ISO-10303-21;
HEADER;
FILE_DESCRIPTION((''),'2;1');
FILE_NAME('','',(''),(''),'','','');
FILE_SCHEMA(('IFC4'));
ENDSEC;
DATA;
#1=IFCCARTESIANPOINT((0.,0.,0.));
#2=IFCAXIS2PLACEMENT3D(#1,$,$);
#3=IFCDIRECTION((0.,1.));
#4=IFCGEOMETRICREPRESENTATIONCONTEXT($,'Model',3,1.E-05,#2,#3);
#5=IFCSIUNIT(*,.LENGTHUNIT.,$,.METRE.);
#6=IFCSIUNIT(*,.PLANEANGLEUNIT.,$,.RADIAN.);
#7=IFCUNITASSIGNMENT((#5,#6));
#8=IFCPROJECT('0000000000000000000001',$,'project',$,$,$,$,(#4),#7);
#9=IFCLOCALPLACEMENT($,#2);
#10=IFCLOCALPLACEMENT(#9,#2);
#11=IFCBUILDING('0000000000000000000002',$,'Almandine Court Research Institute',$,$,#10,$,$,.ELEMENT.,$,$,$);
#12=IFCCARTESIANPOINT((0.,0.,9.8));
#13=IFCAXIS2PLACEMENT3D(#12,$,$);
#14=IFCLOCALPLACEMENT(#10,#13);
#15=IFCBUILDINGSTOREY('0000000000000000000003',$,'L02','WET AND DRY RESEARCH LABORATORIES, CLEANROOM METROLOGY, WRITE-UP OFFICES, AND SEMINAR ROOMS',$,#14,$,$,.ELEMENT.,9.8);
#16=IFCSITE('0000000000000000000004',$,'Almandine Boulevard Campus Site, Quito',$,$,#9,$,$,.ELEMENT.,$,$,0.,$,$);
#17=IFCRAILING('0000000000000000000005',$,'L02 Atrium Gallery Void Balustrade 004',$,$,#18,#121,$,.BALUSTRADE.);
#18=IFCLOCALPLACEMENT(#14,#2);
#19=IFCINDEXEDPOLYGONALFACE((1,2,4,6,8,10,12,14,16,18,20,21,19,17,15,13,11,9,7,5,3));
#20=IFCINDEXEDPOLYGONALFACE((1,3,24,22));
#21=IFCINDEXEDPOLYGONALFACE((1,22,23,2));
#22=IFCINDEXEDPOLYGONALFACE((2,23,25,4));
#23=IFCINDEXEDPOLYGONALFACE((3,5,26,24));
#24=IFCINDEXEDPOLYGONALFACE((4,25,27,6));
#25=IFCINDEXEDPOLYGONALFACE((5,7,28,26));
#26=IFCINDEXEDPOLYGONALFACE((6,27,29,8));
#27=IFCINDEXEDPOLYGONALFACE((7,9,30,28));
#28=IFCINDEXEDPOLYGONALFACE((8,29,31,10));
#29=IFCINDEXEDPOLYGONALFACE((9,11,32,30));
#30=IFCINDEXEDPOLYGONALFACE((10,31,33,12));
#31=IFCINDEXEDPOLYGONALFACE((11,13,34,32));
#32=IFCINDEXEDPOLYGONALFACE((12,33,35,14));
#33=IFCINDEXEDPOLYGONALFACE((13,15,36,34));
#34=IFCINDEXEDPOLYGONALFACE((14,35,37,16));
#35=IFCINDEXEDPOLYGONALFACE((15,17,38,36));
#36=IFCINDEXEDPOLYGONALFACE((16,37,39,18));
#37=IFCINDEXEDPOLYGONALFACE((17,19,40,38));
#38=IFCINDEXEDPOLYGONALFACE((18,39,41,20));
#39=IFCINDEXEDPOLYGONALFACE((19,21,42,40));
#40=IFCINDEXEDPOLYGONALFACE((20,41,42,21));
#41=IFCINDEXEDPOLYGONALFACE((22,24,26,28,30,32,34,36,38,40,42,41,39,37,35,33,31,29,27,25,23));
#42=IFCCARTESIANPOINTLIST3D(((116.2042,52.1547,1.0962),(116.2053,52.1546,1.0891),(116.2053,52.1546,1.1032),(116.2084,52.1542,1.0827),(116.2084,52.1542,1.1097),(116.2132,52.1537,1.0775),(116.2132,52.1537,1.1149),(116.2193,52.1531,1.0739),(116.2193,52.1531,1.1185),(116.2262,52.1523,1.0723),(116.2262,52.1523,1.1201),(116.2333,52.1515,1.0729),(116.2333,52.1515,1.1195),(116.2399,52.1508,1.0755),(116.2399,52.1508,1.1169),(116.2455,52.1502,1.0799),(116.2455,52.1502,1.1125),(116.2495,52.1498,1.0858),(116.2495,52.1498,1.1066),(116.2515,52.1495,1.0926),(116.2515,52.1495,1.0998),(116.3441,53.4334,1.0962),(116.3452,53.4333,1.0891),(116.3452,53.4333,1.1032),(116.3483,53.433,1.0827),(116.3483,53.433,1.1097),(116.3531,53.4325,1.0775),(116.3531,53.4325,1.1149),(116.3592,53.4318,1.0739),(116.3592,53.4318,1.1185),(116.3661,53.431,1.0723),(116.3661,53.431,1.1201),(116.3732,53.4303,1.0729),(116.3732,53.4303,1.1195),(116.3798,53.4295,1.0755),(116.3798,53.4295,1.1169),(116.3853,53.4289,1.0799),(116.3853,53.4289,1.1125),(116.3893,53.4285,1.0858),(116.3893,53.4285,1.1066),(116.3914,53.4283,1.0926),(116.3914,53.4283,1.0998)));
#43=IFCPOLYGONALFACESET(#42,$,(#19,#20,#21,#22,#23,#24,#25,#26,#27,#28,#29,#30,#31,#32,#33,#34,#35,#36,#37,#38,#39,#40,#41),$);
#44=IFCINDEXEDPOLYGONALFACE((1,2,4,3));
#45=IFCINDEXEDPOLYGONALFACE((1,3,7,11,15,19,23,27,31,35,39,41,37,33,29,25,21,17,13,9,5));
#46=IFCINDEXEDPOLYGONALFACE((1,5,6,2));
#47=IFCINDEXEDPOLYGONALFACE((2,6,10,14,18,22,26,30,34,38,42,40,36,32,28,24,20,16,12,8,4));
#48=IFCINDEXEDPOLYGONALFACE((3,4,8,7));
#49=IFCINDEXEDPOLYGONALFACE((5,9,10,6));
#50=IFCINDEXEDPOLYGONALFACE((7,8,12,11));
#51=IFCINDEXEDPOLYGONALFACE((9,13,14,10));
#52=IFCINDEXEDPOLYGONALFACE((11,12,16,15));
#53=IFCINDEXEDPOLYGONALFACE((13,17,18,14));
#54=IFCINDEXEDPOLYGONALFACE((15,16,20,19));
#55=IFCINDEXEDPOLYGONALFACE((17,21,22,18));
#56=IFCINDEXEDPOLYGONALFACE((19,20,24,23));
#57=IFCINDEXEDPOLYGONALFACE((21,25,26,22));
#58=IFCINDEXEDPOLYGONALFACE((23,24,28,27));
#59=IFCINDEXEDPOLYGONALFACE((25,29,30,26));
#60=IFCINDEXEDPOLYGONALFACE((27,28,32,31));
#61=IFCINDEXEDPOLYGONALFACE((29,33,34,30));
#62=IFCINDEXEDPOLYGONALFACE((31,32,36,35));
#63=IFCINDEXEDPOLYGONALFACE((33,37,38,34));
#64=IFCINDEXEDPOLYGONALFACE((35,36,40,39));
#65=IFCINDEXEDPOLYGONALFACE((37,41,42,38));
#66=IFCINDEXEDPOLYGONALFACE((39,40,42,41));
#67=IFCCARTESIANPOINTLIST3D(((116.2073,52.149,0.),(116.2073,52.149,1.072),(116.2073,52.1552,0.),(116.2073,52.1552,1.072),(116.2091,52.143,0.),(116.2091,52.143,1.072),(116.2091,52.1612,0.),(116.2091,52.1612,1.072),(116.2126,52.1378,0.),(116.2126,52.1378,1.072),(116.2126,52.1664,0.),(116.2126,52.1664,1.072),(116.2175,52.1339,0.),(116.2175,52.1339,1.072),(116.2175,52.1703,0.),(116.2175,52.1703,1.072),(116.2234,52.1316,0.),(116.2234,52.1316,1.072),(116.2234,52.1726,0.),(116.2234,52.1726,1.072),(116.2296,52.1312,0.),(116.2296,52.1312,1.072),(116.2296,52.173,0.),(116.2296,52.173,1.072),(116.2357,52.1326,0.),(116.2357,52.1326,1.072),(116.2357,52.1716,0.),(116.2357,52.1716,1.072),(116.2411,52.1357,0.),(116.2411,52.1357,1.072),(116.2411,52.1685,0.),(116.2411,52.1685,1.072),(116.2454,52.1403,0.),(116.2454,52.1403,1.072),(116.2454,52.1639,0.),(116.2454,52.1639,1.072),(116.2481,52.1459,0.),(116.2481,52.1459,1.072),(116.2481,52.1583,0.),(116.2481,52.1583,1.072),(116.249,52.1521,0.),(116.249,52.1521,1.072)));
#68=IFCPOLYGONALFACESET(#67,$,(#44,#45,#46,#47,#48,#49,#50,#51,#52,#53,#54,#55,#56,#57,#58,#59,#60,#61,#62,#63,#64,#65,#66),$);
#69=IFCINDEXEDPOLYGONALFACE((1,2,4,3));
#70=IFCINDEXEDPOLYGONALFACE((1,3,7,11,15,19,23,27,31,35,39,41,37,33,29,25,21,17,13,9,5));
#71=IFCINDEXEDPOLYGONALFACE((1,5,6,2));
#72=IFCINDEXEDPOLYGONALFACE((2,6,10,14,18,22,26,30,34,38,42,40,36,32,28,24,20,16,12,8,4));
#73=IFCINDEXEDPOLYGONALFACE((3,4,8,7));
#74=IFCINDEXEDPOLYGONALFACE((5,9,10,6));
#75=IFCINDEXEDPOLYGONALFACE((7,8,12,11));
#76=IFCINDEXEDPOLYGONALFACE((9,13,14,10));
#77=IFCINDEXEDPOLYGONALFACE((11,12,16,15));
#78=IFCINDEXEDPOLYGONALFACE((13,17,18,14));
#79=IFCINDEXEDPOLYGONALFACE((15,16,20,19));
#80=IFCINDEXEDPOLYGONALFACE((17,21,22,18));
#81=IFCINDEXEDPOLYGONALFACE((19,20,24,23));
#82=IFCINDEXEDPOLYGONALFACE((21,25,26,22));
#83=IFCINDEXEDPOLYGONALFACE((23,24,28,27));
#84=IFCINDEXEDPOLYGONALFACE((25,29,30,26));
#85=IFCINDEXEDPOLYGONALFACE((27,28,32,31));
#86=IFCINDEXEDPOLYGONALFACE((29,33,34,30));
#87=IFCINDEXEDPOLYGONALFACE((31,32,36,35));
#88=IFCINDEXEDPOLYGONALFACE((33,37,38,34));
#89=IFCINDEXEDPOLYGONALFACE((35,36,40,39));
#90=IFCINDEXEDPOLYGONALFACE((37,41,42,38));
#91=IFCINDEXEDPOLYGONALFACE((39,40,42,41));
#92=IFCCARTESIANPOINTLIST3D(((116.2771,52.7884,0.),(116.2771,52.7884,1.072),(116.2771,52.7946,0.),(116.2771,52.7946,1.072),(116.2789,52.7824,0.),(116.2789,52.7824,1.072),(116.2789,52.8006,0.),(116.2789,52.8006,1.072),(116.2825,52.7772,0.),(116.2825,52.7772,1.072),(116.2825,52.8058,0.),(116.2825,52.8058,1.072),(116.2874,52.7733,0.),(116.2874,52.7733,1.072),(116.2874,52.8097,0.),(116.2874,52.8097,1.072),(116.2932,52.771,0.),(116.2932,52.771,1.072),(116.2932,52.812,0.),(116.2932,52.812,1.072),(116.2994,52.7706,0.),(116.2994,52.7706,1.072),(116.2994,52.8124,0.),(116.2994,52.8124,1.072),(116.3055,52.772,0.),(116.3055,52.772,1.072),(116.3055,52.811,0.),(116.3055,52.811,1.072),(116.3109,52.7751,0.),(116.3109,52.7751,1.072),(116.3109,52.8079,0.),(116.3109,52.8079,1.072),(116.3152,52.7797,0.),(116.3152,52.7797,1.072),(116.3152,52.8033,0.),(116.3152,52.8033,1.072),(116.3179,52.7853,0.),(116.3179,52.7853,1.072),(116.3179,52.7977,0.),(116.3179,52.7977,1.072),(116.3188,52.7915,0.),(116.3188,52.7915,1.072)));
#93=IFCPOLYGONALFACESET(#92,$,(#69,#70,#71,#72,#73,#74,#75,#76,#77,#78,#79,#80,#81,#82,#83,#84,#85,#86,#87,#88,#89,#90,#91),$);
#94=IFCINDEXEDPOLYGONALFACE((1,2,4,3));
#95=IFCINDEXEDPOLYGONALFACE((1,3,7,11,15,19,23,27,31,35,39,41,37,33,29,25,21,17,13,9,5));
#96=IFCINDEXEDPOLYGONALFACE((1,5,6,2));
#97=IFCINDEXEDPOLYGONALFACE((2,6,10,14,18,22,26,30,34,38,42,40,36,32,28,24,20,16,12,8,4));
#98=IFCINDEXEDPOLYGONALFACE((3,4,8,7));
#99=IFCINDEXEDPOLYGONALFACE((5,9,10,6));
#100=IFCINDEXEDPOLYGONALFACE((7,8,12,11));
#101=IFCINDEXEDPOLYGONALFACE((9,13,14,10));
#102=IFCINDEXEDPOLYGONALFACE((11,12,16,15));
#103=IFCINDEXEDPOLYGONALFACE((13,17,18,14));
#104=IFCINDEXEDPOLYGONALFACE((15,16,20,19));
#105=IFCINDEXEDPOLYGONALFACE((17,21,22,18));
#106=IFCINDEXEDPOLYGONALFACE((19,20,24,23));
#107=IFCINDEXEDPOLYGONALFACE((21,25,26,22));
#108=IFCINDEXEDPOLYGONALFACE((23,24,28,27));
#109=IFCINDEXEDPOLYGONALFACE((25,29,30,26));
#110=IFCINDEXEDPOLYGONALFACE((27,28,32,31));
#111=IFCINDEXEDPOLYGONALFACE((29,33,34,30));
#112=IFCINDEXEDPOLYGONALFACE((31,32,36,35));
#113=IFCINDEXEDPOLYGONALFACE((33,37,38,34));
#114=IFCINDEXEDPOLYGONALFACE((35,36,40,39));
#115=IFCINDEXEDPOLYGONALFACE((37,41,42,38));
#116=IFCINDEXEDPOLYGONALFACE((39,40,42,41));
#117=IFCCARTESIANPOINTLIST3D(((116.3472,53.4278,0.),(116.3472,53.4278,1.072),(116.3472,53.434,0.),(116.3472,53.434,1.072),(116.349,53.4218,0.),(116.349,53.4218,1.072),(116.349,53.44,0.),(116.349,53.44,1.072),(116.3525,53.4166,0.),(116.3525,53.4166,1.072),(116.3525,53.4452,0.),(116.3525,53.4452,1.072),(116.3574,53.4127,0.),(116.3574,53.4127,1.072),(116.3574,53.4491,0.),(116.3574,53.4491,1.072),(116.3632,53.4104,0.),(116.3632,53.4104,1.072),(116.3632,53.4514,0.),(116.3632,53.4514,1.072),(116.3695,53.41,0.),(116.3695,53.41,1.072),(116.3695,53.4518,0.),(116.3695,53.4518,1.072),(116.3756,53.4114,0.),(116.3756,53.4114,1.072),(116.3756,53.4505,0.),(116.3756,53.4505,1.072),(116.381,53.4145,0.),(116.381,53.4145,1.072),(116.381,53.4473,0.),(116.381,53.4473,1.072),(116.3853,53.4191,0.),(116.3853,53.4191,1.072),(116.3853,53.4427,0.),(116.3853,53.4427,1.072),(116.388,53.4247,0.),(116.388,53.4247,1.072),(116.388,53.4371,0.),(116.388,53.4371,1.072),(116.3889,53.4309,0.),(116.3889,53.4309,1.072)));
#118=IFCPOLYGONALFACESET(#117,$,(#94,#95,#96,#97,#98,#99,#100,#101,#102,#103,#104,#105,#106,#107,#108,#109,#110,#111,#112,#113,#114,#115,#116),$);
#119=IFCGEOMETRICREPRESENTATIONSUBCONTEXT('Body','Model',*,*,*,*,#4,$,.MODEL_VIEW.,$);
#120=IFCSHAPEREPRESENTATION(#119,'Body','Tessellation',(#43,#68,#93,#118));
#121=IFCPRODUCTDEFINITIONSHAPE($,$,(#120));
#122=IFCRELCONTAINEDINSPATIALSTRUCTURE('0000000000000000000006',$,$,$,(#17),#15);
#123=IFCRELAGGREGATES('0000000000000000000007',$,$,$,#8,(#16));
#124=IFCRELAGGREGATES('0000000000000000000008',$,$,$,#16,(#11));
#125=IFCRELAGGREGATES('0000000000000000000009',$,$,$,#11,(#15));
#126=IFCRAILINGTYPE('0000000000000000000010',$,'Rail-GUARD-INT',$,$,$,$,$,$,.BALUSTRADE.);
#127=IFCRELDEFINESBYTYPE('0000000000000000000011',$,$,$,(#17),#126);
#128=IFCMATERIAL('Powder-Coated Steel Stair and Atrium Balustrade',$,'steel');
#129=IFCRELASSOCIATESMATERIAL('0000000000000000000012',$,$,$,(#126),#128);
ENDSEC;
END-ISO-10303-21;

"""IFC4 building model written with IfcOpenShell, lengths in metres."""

from ifc_helpers import new_model, si_unit, direction, frame, origin, origin_2d, place, context, subcontext, project, spatial, circle, extrude, material, type_object, element, save


model = new_model("IFC4")

# Units and contexts
model_context = context("Model", 3, precision=1e-05, world=origin(), true_north=direction((0.0, 1.0)))
body_context = subcontext(model_context, "Body", "Model", "MODEL_VIEW")
ifc_project = project(units=[si_unit("LENGTHUNIT", "METRE"), si_unit("PLANEANGLEUNIT", "RADIAN")], contexts=[model_context])

# Site, building, storey
site_placement = place(None, origin())
site = spatial("IfcSite", under=ifc_project, at=site_placement, Name="Almandine Boulevard Campus Site, Quito", CompositionType="ELEMENT", RefElevation=0.0)
building_placement = place(site_placement, origin())
building = spatial("IfcBuilding", under=site, at=building_placement, Name="Almandine Court Research Institute", CompositionType="ELEMENT")
storey_placement = place(building_placement, frame((0.0, 0.0, 9.8)))
storey = spatial("IfcBuildingStorey", under=building, at=storey_placement, Name="L02", Description="WET AND DRY RESEARCH LABORATORIES, CLEANROOM METROLOGY, WRITE-UP OFFICES, AND SEMINAR ROOMS", CompositionType="ELEMENT", Elevation=9.8)

# Railing
ifc_material_1 = material(Name="Powder-Coated Steel Stair and Atrium Balustrade", Category="steel")
railing_type = type_object("IfcRailingType", Name="Rail-GUARD-INT", PredefinedType="BALUSTRADE", material=ifc_material_1)
railing_1_placement = place(storey_placement, frame((116.228, 52.1521, 0.0)))
element("IfcRailing", 1, at=railing_1_placement, inside=storey, type_object=railing_type, Name="L02 Atrium Gallery Void Balustrade 004", PredefinedType="BALUSTRADE", context=body_context, shape_type="SweptSolid", body=[
    extrude(circle(Radius=0.0239, at=origin_2d()), frame((0.0, 0.0, 1.0962), z_axis=(0.108744, 0.99407, 0.0), x_axis=(-0.99407, 0.108744, 0.0)), (0.0, 0.0, 1.0), 1.2864),
    extrude(circle(Radius=0.021, at=origin_2d()), origin(), (0.0, 0.0, 1.0), 1.072),
    extrude(circle(Radius=0.021, at=origin_2d()), frame((0.0698, 0.6394, 0.0)), (0.0, 0.0, 1.0), 1.072),
    extrude(circle(Radius=0.021, at=origin_2d()), frame((0.1399, 1.2788, 0.0)), (0.0, 0.0, 1.0), 1.072),
])

save(model, "model.ifc")
